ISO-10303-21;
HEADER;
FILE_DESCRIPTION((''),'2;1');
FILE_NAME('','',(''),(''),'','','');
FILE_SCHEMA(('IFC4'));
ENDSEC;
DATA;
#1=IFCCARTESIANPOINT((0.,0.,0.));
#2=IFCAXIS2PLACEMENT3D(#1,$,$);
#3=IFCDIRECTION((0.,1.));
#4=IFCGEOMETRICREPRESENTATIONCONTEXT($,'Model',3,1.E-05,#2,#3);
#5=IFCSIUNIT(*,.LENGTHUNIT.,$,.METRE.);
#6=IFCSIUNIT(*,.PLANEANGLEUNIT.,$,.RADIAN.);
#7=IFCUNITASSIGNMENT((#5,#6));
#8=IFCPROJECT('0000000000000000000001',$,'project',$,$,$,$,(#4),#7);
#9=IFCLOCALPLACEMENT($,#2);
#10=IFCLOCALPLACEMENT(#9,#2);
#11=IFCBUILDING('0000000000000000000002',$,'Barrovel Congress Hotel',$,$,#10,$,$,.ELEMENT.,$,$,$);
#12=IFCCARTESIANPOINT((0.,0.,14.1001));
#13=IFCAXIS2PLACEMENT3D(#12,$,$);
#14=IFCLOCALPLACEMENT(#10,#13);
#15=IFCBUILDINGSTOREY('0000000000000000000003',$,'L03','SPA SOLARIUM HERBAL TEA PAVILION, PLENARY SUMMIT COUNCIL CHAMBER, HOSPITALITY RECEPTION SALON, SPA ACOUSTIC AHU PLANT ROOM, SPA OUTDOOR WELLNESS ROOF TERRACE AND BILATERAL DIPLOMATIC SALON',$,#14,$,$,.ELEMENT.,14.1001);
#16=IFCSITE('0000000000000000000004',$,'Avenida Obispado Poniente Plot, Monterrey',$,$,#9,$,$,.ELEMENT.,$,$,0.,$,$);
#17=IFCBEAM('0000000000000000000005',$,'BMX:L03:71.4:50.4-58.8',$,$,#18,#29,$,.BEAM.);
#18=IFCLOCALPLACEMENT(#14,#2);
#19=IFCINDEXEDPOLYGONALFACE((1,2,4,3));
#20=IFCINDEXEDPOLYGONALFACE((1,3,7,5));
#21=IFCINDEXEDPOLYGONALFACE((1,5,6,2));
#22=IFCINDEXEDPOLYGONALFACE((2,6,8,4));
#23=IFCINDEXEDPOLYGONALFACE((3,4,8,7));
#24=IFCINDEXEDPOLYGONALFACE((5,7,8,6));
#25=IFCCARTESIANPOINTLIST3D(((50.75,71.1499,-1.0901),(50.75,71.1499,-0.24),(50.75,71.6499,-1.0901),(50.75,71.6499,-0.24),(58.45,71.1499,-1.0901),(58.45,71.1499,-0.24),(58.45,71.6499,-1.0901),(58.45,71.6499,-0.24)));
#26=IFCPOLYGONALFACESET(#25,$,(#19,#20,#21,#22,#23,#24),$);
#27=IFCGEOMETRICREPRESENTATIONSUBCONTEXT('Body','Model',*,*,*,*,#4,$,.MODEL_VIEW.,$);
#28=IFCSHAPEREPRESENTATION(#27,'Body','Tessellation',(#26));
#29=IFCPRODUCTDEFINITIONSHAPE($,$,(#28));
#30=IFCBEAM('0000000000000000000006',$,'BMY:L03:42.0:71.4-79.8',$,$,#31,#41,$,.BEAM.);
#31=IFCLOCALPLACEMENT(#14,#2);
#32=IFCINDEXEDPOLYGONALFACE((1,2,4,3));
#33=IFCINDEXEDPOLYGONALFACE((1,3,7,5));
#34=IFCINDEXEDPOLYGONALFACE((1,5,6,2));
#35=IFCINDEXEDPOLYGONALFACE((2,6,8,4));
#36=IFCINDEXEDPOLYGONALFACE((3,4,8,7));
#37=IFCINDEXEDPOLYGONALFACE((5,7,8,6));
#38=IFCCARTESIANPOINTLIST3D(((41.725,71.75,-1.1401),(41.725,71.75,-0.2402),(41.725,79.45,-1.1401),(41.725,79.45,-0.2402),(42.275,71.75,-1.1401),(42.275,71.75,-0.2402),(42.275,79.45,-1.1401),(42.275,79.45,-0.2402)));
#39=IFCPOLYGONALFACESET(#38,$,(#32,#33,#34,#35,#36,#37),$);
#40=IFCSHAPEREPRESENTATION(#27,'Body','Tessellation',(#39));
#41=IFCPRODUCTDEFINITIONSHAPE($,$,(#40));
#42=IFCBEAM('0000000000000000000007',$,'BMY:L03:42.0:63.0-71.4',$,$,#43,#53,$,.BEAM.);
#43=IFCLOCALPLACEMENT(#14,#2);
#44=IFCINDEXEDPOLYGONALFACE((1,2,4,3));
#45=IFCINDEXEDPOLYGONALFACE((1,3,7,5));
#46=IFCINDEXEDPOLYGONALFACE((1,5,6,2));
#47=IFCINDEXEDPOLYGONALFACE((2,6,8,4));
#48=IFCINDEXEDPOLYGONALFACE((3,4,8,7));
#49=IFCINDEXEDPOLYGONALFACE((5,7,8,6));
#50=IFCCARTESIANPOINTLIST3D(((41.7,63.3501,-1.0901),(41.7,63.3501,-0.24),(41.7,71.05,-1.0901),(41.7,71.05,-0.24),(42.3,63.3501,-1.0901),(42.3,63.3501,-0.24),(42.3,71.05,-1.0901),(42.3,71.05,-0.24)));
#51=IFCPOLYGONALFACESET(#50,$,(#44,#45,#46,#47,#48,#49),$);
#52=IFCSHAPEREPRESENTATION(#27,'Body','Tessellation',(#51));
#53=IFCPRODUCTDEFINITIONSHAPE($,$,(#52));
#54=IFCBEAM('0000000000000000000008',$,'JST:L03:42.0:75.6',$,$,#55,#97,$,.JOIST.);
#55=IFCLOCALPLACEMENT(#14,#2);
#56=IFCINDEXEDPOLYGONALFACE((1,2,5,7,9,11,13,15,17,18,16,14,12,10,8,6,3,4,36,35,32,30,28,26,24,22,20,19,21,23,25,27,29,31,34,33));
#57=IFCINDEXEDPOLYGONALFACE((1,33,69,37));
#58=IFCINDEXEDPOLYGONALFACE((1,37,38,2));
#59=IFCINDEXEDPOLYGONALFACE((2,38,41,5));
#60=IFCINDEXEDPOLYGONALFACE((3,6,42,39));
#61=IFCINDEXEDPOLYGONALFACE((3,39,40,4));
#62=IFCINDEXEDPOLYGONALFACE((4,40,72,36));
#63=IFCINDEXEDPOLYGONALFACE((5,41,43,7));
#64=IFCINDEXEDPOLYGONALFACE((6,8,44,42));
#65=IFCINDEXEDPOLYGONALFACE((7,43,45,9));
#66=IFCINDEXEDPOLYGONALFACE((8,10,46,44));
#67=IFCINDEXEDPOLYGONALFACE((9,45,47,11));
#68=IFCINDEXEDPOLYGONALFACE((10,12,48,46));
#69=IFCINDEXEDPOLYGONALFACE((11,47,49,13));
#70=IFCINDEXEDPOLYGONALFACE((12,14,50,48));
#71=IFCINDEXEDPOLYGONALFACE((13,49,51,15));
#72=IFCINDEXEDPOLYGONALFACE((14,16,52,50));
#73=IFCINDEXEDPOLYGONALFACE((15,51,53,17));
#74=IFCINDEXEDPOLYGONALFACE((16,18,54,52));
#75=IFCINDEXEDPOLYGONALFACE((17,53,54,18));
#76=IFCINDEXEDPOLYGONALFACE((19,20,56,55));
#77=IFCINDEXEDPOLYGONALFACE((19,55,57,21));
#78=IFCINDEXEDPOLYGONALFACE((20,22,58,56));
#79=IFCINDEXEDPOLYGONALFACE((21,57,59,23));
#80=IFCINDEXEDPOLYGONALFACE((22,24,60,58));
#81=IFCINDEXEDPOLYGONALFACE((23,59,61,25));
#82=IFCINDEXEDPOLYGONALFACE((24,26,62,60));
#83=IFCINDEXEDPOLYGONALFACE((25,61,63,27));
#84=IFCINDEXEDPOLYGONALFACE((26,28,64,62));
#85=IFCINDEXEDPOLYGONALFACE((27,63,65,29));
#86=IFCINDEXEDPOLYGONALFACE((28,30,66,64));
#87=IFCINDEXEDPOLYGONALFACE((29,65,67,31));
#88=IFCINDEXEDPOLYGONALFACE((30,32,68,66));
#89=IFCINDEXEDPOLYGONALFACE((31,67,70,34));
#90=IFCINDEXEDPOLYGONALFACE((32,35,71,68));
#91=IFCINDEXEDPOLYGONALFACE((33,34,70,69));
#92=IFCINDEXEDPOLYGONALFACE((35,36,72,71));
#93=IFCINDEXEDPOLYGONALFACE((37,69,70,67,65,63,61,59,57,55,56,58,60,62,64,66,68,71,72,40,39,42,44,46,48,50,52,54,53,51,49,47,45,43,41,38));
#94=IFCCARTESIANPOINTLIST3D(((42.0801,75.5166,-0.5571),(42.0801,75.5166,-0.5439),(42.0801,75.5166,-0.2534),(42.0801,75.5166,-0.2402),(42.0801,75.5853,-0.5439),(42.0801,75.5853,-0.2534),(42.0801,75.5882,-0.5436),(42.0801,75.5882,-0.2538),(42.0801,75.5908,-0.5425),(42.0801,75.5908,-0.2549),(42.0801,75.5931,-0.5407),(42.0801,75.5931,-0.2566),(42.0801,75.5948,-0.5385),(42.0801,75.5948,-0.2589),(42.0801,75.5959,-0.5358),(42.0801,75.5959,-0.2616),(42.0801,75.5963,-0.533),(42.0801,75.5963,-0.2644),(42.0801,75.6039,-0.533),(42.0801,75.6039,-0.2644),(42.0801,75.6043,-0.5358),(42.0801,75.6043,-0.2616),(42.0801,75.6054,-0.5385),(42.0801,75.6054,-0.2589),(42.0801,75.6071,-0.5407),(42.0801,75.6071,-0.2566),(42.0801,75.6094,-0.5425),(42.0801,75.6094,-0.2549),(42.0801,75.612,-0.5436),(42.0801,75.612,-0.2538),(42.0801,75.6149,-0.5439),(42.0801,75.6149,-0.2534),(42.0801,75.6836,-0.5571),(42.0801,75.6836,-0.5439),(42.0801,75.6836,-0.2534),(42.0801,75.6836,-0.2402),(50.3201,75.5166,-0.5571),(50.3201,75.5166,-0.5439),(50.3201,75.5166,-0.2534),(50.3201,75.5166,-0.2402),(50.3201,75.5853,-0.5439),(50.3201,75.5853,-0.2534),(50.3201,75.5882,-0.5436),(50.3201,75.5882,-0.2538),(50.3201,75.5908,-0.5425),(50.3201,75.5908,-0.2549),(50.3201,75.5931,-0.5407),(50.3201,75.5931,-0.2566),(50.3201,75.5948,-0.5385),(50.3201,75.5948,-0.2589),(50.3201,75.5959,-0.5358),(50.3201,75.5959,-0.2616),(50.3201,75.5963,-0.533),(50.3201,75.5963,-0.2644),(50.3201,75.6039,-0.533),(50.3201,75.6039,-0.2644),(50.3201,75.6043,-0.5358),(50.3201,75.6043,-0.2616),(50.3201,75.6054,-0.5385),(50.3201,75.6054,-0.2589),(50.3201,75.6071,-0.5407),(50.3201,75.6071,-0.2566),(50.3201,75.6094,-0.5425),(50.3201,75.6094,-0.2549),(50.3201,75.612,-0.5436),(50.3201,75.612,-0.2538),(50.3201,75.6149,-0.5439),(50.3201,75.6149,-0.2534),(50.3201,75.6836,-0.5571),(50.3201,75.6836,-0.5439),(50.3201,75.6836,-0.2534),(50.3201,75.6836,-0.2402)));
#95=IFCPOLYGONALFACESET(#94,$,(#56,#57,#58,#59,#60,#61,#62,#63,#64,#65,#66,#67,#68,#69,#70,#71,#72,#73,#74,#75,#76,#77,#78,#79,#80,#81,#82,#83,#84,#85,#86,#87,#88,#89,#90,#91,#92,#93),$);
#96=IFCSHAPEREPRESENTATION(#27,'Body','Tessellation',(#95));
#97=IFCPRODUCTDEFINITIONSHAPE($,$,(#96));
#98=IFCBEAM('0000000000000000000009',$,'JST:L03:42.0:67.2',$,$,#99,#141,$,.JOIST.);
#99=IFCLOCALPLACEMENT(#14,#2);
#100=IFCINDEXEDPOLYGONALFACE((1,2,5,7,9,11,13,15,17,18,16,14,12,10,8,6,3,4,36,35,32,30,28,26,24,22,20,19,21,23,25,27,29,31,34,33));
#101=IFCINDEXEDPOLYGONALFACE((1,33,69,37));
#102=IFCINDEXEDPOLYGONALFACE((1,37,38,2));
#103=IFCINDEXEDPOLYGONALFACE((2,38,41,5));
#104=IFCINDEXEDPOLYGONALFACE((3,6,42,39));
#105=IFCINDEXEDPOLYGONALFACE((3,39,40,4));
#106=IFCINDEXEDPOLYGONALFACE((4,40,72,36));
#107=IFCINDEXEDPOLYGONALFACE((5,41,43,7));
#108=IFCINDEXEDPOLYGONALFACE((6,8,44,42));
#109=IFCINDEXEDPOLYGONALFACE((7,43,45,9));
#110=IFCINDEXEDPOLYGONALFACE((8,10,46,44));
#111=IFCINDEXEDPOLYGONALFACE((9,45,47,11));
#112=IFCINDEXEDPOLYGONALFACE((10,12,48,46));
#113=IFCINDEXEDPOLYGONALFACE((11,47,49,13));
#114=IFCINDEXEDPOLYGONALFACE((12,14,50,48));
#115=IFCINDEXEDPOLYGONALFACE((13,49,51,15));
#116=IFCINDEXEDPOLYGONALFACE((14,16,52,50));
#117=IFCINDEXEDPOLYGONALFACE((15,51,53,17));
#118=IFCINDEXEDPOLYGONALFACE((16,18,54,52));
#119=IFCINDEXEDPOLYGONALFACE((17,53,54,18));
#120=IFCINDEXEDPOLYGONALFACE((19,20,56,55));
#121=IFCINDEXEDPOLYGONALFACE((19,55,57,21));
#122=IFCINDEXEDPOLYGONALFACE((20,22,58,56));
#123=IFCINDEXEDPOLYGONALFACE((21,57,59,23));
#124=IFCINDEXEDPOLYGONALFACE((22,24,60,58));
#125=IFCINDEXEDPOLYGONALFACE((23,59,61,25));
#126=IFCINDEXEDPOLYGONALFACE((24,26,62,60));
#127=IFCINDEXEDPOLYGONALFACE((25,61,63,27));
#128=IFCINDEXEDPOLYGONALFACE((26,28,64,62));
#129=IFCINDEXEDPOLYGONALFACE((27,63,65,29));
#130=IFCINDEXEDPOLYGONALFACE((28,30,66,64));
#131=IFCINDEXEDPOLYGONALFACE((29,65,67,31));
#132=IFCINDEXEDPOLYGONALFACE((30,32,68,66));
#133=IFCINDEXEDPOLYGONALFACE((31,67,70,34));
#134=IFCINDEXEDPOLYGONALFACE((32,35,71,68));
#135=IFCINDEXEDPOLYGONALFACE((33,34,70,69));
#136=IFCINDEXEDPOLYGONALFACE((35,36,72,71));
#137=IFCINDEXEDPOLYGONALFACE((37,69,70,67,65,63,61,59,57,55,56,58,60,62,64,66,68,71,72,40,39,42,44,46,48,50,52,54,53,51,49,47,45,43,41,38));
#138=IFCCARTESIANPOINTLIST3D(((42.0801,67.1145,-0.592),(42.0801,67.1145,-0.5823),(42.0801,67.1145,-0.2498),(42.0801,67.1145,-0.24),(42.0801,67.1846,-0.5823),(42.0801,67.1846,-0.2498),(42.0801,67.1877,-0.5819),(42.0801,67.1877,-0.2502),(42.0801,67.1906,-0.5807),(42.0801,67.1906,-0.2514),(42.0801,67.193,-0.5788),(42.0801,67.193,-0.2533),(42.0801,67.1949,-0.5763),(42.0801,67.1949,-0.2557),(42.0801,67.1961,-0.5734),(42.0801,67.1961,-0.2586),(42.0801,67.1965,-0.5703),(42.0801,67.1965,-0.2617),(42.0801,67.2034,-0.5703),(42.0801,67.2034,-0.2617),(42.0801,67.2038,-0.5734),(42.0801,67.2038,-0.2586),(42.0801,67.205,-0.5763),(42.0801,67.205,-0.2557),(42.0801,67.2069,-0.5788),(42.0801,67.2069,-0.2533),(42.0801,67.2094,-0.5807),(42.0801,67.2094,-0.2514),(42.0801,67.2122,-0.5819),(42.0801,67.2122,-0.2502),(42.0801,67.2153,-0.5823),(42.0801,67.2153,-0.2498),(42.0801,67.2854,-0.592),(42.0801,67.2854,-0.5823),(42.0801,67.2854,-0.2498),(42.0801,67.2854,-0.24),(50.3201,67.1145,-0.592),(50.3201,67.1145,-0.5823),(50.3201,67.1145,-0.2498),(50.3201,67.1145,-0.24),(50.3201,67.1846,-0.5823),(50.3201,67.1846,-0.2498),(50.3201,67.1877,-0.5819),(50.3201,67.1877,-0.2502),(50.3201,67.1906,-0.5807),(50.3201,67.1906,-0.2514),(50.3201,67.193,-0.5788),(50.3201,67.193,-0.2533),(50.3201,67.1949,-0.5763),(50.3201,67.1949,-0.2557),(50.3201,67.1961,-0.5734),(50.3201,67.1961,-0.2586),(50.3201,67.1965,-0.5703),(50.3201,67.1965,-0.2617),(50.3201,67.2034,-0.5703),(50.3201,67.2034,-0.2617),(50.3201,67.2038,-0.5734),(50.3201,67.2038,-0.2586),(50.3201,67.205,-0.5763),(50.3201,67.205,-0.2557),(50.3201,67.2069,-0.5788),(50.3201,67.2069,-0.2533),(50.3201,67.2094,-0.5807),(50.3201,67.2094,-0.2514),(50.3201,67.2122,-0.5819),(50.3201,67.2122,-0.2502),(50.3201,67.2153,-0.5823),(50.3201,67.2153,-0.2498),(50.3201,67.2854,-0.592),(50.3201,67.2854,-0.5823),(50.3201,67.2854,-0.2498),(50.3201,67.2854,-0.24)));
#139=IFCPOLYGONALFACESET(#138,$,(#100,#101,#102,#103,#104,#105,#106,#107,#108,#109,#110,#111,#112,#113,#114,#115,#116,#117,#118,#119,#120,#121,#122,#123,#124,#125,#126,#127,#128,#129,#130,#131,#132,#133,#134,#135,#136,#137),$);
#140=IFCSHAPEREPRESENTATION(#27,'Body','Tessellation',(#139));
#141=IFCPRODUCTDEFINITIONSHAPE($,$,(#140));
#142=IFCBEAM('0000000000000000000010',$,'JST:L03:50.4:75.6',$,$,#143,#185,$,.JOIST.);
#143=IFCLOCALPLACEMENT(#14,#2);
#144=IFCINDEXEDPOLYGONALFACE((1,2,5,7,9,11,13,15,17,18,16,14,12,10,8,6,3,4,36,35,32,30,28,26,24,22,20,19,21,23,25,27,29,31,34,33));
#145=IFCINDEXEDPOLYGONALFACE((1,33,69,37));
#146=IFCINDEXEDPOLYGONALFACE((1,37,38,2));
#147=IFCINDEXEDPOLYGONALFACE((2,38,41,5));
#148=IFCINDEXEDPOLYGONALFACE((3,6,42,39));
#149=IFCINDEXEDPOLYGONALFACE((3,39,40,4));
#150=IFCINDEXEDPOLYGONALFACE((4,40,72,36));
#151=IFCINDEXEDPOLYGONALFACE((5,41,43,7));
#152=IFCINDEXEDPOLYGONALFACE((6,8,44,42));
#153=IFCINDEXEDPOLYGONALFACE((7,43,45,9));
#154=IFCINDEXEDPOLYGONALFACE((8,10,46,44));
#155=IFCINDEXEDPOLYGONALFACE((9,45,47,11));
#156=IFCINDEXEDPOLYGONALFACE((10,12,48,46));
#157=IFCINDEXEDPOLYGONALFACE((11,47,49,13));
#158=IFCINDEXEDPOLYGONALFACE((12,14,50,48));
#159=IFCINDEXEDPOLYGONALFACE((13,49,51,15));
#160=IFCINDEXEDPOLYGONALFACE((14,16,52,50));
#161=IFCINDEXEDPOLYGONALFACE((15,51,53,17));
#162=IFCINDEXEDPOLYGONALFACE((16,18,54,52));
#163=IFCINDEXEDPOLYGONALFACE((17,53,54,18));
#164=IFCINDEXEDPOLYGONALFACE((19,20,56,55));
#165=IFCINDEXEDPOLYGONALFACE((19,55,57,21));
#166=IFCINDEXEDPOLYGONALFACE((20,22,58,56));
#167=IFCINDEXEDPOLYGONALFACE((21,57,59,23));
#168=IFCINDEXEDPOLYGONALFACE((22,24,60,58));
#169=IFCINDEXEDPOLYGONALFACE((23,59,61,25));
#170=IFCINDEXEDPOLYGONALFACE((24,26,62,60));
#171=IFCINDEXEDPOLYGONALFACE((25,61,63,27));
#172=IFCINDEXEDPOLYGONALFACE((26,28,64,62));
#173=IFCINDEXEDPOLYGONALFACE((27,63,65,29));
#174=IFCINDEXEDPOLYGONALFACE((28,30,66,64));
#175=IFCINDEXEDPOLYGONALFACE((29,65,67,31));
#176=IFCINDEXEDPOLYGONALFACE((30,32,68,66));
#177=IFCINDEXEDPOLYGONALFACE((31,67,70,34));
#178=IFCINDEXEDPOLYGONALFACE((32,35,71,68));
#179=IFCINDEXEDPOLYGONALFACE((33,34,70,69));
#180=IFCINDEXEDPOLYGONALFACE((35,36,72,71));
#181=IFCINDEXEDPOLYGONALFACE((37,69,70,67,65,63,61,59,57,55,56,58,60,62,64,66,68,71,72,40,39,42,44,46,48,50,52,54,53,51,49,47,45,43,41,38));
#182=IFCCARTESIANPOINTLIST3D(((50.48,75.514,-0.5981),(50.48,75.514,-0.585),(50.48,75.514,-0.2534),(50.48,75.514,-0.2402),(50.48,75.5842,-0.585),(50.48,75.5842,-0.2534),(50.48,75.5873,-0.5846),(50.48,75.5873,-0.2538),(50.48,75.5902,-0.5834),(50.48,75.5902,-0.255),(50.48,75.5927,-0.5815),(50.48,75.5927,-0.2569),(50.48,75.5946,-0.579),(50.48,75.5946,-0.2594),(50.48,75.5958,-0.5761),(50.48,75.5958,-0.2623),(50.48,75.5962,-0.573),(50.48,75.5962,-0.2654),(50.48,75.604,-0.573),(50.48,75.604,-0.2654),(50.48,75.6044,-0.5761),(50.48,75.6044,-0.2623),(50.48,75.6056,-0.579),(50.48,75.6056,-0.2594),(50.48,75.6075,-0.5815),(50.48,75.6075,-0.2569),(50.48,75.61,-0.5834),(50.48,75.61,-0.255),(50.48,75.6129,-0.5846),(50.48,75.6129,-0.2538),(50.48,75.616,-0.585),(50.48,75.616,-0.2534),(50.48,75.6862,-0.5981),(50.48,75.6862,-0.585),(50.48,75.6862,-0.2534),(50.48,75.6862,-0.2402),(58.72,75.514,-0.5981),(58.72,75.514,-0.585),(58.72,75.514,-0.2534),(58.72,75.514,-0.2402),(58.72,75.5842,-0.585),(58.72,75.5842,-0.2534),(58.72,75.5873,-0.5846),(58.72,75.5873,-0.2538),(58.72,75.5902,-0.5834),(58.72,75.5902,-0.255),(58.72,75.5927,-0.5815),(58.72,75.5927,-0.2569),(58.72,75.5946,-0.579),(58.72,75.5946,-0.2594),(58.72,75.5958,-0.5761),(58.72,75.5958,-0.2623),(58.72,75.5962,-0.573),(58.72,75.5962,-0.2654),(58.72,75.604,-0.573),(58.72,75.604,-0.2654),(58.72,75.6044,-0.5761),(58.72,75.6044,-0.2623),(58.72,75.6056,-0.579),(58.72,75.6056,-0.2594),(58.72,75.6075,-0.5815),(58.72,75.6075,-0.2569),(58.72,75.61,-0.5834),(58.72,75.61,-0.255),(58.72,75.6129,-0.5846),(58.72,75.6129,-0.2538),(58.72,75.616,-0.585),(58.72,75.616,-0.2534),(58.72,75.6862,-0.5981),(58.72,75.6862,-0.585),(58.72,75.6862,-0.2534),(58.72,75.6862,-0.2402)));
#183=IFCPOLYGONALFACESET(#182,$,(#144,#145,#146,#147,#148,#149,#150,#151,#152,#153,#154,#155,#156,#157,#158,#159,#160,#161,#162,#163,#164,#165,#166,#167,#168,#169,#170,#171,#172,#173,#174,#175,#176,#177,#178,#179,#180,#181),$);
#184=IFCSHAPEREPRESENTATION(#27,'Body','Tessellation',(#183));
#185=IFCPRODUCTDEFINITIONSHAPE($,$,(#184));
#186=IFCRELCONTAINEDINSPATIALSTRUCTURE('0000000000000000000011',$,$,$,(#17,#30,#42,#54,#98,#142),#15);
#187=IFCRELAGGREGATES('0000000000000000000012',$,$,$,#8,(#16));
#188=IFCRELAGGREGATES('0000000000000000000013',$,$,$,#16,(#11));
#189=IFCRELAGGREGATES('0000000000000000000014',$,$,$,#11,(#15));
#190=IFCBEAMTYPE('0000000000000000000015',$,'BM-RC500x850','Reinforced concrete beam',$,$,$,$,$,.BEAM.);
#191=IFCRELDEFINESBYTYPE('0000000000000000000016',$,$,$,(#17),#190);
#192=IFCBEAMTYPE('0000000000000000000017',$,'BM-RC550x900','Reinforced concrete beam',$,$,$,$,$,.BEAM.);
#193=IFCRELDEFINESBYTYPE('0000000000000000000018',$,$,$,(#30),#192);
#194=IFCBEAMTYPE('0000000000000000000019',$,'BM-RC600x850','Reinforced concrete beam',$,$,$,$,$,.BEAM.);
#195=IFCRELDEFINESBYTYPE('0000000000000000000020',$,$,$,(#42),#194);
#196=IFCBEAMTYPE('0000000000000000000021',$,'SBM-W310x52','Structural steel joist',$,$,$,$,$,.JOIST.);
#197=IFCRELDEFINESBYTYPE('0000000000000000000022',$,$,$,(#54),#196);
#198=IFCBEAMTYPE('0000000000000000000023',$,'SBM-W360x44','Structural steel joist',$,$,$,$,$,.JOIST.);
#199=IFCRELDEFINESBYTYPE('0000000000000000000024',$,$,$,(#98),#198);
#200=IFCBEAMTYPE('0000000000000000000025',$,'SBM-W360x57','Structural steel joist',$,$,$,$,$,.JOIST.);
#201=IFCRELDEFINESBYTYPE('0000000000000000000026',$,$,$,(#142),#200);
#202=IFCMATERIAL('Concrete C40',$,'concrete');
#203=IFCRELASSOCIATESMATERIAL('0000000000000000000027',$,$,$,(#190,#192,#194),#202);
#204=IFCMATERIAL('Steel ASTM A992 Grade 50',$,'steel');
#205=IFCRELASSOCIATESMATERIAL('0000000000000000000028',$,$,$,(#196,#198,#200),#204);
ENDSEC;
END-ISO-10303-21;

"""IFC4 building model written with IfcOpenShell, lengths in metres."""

from ifc_helpers import new_model, si_unit, direction, frame, origin, origin_2d, place, context, subcontext, project, spatial, rectangle, i_section, extrude, material, material_profile, profile_set, type_object, element, save


model = new_model("IFC4")

# Units and contexts
model_context = context("Model", 3, precision=1e-05, world=origin(), true_north=direction((0.0, 1.0)))
body_context = subcontext(model_context, "Body", "Model", "MODEL_VIEW")
ifc_project = project(units=[si_unit("LENGTHUNIT", "METRE"), si_unit("PLANEANGLEUNIT", "RADIAN")], contexts=[model_context])

# Site, building, storey
site_placement = place(None, origin())
site = spatial("IfcSite", under=ifc_project, at=site_placement, Name="Avenida Obispado Poniente Plot, Monterrey", CompositionType="ELEMENT", RefElevation=0.0)
building_placement = place(site_placement, origin())
building = spatial("IfcBuilding", under=site, at=building_placement, Name="Barrovel Congress Hotel", CompositionType="ELEMENT")
storey_placement = place(building_placement, frame((0.0, 0.0, 14.1001)))
storey = spatial("IfcBuildingStorey", under=building, at=storey_placement, Name="L03", Description="SPA SOLARIUM HERBAL TEA PAVILION, PLENARY SUMMIT COUNCIL CHAMBER, HOSPITALITY RECEPTION SALON, SPA ACOUSTIC AHU PLANT ROOM, SPA OUTDOOR WELLNESS ROOF TERRACE AND BILATERAL DIPLOMATIC SALON", CompositionType="ELEMENT", Elevation=14.1001)

# Shared definitions
ifc_material_1 = material(Name="Concrete C40", Category="concrete")

# Beams
ifc_material_profile_1 = material_profile(ifc_material_1, rectangle(XDim=0.5, YDim=0.8501, at=origin_2d()), Name="RC500x850")
ifc_profile_set_1 = profile_set([ifc_material_profile_1], Name="Concrete C40")
beam_type_1 = type_object("IfcBeamType", Name="BM-RC500x850", Description="Reinforced concrete beam", PredefinedType="BEAM", material=ifc_profile_set_1)
beam_1_placement = place(storey_placement, frame((50.75, 71.3999, -0.665), z_axis=(1.0, 0.0, 0.0), x_axis=(0.0, 1.0, 0.0)))
element("IfcBeam", 1, at=beam_1_placement, inside=storey, type_object=beam_type_1, Name="BMX:L03:71.4:50.4-58.8", PredefinedType="BEAM", context=body_context, shape_type="SweptSolid", body=[
    extrude(rectangle(XDim=0.5, YDim=0.8501, at=origin_2d()), origin(), (0.0, 0.0, 1.0), 7.7),
])
ifc_material_profile_2 = material_profile(ifc_material_1, rectangle(XDim=0.55, YDim=0.8999, at=origin_2d()), Name="RC550x900")
ifc_profile_set_2 = profile_set([ifc_material_profile_2], Name="Concrete C40")
beam_type_2 = type_object("IfcBeamType", Name="BM-RC550x900", Description="Reinforced concrete beam", PredefinedType="BEAM", material=ifc_profile_set_2)
beam_2_placement = place(storey_placement, frame((42.0, 71.75, -0.6902), z_axis=(0.0, 1.0, 0.0), x_axis=(-1.0, 0.0, 0.0)))
element("IfcBeam", 2, at=beam_2_placement, inside=storey, type_object=beam_type_2, Name="BMY:L03:42.0:71.4-79.8", PredefinedType="BEAM", context=body_context, shape_type="SweptSolid", body=[
    extrude(rectangle(XDim=0.55, YDim=0.8999, at=origin_2d()), origin(), (0.0, 0.0, 1.0), 7.7),
])
ifc_material_profile_3 = material_profile(ifc_material_1, rectangle(XDim=0.6001, YDim=0.8501, at=origin_2d()), Name="RC600x850")
ifc_profile_set_3 = profile_set([ifc_material_profile_3], Name="Concrete C40")
beam_type_3 = type_object("IfcBeamType", Name="BM-RC600x850", Description="Reinforced concrete beam", PredefinedType="BEAM", material=ifc_profile_set_3)
beam_3_placement = place(storey_placement, frame((42.0, 63.3501, -0.665), z_axis=(0.0, 1.0, 0.0), x_axis=(-1.0, 0.0, 0.0)))
element("IfcBeam", 3, at=beam_3_placement, inside=storey, type_object=beam_type_3, Name="BMY:L03:42.0:63.0-71.4", PredefinedType="BEAM", context=body_context, shape_type="SweptSolid", body=[
    extrude(rectangle(XDim=0.6001, YDim=0.8501, at=origin_2d()), origin(), (0.0, 0.0, 1.0), 7.7),
])
ifc_material_2 = material(Name="Steel ASTM A992 Grade 50", Category="steel")
ifc_material_profile_4 = material_profile(ifc_material_2, i_section(OverallWidth=0.167, OverallDepth=0.3169, WebThickness=0.0076, FlangeThickness=0.0132, FilletRadius=0.011, at=origin_2d()), Name="W310x52")
ifc_profile_set_4 = profile_set([ifc_material_profile_4], Name="Steel ASTM A992 Grade 50")
beam_type_4 = type_object("IfcBeamType", Name="SBM-W310x52", Description="Structural steel joist", PredefinedType="JOIST", material=ifc_profile_set_4)
beam_4_placement = place(storey_placement, frame((42.0801, 75.6001, -0.3987), z_axis=(1.0, 0.0, 0.0), x_axis=(0.0, 1.0, 0.0)))
element("IfcBeam", 4, at=beam_4_placement, inside=storey, type_object=beam_type_4, Name="JST:L03:42.0:75.6", PredefinedType="JOIST", context=body_context, shape_type="SweptSolid", body=[
    extrude(i_section(OverallWidth=0.167, OverallDepth=0.3169, WebThickness=0.0076, FlangeThickness=0.0132, FilletRadius=0.011, at=origin_2d()), origin(), (0.0, 0.0, 1.0), 8.24),
])
ifc_material_profile_5 = material_profile(ifc_material_2, i_section(OverallWidth=0.1709, OverallDepth=0.3521, WebThickness=0.0068, FlangeThickness=0.0098, FilletRadius=0.012, at=origin_2d()), Name="W360x44")
ifc_profile_set_5 = profile_set([ifc_material_profile_5], Name="Steel ASTM A992 Grade 50")
beam_type_5 = type_object("IfcBeamType", Name="SBM-W360x44", Description="Structural steel joist", PredefinedType="JOIST", material=ifc_profile_set_5)
beam_5_placement = place(storey_placement, frame((42.0801, 67.2, -0.416), z_axis=(1.0, 0.0, 0.0), x_axis=(0.0, 1.0, 0.0)))
element("IfcBeam", 5, at=beam_5_placement, inside=storey, type_object=beam_type_5, Name="JST:L03:42.0:67.2", PredefinedType="JOIST", context=body_context, shape_type="SweptSolid", body=[
    extrude(i_section(OverallWidth=0.1709, OverallDepth=0.3521, WebThickness=0.0068, FlangeThickness=0.0098, FilletRadius=0.012, at=origin_2d()), origin(), (0.0, 0.0, 1.0), 8.24),
])
ifc_material_profile_6 = material_profile(ifc_material_2, i_section(OverallWidth=0.1721, OverallDepth=0.3579, WebThickness=0.0078, FlangeThickness=0.0132, FilletRadius=0.012, at=origin_2d()), Name="W360x57")
ifc_profile_set_6 = profile_set([ifc_material_profile_6], Name="Steel ASTM A992 Grade 50")
beam_type_6 = type_object("IfcBeamType", Name="SBM-W360x57", Description="Structural steel joist", PredefinedType="JOIST", material=ifc_profile_set_6)
beam_6_placement = place(storey_placement, frame((50.48, 75.6001, -0.4192), z_axis=(1.0, 0.0, 0.0), x_axis=(0.0, 1.0, 0.0)))
element("IfcBeam", 6, at=beam_6_placement, inside=storey, type_object=beam_type_6, Name="JST:L03:50.4:75.6", PredefinedType="JOIST", context=body_context, shape_type="SweptSolid", body=[
    extrude(i_section(OverallWidth=0.1721, OverallDepth=0.3579, WebThickness=0.0078, FlangeThickness=0.0132, FilletRadius=0.012, at=origin_2d()), origin(), (0.0, 0.0, 1.0), 8.24),
])

save(model, "model.ifc")
